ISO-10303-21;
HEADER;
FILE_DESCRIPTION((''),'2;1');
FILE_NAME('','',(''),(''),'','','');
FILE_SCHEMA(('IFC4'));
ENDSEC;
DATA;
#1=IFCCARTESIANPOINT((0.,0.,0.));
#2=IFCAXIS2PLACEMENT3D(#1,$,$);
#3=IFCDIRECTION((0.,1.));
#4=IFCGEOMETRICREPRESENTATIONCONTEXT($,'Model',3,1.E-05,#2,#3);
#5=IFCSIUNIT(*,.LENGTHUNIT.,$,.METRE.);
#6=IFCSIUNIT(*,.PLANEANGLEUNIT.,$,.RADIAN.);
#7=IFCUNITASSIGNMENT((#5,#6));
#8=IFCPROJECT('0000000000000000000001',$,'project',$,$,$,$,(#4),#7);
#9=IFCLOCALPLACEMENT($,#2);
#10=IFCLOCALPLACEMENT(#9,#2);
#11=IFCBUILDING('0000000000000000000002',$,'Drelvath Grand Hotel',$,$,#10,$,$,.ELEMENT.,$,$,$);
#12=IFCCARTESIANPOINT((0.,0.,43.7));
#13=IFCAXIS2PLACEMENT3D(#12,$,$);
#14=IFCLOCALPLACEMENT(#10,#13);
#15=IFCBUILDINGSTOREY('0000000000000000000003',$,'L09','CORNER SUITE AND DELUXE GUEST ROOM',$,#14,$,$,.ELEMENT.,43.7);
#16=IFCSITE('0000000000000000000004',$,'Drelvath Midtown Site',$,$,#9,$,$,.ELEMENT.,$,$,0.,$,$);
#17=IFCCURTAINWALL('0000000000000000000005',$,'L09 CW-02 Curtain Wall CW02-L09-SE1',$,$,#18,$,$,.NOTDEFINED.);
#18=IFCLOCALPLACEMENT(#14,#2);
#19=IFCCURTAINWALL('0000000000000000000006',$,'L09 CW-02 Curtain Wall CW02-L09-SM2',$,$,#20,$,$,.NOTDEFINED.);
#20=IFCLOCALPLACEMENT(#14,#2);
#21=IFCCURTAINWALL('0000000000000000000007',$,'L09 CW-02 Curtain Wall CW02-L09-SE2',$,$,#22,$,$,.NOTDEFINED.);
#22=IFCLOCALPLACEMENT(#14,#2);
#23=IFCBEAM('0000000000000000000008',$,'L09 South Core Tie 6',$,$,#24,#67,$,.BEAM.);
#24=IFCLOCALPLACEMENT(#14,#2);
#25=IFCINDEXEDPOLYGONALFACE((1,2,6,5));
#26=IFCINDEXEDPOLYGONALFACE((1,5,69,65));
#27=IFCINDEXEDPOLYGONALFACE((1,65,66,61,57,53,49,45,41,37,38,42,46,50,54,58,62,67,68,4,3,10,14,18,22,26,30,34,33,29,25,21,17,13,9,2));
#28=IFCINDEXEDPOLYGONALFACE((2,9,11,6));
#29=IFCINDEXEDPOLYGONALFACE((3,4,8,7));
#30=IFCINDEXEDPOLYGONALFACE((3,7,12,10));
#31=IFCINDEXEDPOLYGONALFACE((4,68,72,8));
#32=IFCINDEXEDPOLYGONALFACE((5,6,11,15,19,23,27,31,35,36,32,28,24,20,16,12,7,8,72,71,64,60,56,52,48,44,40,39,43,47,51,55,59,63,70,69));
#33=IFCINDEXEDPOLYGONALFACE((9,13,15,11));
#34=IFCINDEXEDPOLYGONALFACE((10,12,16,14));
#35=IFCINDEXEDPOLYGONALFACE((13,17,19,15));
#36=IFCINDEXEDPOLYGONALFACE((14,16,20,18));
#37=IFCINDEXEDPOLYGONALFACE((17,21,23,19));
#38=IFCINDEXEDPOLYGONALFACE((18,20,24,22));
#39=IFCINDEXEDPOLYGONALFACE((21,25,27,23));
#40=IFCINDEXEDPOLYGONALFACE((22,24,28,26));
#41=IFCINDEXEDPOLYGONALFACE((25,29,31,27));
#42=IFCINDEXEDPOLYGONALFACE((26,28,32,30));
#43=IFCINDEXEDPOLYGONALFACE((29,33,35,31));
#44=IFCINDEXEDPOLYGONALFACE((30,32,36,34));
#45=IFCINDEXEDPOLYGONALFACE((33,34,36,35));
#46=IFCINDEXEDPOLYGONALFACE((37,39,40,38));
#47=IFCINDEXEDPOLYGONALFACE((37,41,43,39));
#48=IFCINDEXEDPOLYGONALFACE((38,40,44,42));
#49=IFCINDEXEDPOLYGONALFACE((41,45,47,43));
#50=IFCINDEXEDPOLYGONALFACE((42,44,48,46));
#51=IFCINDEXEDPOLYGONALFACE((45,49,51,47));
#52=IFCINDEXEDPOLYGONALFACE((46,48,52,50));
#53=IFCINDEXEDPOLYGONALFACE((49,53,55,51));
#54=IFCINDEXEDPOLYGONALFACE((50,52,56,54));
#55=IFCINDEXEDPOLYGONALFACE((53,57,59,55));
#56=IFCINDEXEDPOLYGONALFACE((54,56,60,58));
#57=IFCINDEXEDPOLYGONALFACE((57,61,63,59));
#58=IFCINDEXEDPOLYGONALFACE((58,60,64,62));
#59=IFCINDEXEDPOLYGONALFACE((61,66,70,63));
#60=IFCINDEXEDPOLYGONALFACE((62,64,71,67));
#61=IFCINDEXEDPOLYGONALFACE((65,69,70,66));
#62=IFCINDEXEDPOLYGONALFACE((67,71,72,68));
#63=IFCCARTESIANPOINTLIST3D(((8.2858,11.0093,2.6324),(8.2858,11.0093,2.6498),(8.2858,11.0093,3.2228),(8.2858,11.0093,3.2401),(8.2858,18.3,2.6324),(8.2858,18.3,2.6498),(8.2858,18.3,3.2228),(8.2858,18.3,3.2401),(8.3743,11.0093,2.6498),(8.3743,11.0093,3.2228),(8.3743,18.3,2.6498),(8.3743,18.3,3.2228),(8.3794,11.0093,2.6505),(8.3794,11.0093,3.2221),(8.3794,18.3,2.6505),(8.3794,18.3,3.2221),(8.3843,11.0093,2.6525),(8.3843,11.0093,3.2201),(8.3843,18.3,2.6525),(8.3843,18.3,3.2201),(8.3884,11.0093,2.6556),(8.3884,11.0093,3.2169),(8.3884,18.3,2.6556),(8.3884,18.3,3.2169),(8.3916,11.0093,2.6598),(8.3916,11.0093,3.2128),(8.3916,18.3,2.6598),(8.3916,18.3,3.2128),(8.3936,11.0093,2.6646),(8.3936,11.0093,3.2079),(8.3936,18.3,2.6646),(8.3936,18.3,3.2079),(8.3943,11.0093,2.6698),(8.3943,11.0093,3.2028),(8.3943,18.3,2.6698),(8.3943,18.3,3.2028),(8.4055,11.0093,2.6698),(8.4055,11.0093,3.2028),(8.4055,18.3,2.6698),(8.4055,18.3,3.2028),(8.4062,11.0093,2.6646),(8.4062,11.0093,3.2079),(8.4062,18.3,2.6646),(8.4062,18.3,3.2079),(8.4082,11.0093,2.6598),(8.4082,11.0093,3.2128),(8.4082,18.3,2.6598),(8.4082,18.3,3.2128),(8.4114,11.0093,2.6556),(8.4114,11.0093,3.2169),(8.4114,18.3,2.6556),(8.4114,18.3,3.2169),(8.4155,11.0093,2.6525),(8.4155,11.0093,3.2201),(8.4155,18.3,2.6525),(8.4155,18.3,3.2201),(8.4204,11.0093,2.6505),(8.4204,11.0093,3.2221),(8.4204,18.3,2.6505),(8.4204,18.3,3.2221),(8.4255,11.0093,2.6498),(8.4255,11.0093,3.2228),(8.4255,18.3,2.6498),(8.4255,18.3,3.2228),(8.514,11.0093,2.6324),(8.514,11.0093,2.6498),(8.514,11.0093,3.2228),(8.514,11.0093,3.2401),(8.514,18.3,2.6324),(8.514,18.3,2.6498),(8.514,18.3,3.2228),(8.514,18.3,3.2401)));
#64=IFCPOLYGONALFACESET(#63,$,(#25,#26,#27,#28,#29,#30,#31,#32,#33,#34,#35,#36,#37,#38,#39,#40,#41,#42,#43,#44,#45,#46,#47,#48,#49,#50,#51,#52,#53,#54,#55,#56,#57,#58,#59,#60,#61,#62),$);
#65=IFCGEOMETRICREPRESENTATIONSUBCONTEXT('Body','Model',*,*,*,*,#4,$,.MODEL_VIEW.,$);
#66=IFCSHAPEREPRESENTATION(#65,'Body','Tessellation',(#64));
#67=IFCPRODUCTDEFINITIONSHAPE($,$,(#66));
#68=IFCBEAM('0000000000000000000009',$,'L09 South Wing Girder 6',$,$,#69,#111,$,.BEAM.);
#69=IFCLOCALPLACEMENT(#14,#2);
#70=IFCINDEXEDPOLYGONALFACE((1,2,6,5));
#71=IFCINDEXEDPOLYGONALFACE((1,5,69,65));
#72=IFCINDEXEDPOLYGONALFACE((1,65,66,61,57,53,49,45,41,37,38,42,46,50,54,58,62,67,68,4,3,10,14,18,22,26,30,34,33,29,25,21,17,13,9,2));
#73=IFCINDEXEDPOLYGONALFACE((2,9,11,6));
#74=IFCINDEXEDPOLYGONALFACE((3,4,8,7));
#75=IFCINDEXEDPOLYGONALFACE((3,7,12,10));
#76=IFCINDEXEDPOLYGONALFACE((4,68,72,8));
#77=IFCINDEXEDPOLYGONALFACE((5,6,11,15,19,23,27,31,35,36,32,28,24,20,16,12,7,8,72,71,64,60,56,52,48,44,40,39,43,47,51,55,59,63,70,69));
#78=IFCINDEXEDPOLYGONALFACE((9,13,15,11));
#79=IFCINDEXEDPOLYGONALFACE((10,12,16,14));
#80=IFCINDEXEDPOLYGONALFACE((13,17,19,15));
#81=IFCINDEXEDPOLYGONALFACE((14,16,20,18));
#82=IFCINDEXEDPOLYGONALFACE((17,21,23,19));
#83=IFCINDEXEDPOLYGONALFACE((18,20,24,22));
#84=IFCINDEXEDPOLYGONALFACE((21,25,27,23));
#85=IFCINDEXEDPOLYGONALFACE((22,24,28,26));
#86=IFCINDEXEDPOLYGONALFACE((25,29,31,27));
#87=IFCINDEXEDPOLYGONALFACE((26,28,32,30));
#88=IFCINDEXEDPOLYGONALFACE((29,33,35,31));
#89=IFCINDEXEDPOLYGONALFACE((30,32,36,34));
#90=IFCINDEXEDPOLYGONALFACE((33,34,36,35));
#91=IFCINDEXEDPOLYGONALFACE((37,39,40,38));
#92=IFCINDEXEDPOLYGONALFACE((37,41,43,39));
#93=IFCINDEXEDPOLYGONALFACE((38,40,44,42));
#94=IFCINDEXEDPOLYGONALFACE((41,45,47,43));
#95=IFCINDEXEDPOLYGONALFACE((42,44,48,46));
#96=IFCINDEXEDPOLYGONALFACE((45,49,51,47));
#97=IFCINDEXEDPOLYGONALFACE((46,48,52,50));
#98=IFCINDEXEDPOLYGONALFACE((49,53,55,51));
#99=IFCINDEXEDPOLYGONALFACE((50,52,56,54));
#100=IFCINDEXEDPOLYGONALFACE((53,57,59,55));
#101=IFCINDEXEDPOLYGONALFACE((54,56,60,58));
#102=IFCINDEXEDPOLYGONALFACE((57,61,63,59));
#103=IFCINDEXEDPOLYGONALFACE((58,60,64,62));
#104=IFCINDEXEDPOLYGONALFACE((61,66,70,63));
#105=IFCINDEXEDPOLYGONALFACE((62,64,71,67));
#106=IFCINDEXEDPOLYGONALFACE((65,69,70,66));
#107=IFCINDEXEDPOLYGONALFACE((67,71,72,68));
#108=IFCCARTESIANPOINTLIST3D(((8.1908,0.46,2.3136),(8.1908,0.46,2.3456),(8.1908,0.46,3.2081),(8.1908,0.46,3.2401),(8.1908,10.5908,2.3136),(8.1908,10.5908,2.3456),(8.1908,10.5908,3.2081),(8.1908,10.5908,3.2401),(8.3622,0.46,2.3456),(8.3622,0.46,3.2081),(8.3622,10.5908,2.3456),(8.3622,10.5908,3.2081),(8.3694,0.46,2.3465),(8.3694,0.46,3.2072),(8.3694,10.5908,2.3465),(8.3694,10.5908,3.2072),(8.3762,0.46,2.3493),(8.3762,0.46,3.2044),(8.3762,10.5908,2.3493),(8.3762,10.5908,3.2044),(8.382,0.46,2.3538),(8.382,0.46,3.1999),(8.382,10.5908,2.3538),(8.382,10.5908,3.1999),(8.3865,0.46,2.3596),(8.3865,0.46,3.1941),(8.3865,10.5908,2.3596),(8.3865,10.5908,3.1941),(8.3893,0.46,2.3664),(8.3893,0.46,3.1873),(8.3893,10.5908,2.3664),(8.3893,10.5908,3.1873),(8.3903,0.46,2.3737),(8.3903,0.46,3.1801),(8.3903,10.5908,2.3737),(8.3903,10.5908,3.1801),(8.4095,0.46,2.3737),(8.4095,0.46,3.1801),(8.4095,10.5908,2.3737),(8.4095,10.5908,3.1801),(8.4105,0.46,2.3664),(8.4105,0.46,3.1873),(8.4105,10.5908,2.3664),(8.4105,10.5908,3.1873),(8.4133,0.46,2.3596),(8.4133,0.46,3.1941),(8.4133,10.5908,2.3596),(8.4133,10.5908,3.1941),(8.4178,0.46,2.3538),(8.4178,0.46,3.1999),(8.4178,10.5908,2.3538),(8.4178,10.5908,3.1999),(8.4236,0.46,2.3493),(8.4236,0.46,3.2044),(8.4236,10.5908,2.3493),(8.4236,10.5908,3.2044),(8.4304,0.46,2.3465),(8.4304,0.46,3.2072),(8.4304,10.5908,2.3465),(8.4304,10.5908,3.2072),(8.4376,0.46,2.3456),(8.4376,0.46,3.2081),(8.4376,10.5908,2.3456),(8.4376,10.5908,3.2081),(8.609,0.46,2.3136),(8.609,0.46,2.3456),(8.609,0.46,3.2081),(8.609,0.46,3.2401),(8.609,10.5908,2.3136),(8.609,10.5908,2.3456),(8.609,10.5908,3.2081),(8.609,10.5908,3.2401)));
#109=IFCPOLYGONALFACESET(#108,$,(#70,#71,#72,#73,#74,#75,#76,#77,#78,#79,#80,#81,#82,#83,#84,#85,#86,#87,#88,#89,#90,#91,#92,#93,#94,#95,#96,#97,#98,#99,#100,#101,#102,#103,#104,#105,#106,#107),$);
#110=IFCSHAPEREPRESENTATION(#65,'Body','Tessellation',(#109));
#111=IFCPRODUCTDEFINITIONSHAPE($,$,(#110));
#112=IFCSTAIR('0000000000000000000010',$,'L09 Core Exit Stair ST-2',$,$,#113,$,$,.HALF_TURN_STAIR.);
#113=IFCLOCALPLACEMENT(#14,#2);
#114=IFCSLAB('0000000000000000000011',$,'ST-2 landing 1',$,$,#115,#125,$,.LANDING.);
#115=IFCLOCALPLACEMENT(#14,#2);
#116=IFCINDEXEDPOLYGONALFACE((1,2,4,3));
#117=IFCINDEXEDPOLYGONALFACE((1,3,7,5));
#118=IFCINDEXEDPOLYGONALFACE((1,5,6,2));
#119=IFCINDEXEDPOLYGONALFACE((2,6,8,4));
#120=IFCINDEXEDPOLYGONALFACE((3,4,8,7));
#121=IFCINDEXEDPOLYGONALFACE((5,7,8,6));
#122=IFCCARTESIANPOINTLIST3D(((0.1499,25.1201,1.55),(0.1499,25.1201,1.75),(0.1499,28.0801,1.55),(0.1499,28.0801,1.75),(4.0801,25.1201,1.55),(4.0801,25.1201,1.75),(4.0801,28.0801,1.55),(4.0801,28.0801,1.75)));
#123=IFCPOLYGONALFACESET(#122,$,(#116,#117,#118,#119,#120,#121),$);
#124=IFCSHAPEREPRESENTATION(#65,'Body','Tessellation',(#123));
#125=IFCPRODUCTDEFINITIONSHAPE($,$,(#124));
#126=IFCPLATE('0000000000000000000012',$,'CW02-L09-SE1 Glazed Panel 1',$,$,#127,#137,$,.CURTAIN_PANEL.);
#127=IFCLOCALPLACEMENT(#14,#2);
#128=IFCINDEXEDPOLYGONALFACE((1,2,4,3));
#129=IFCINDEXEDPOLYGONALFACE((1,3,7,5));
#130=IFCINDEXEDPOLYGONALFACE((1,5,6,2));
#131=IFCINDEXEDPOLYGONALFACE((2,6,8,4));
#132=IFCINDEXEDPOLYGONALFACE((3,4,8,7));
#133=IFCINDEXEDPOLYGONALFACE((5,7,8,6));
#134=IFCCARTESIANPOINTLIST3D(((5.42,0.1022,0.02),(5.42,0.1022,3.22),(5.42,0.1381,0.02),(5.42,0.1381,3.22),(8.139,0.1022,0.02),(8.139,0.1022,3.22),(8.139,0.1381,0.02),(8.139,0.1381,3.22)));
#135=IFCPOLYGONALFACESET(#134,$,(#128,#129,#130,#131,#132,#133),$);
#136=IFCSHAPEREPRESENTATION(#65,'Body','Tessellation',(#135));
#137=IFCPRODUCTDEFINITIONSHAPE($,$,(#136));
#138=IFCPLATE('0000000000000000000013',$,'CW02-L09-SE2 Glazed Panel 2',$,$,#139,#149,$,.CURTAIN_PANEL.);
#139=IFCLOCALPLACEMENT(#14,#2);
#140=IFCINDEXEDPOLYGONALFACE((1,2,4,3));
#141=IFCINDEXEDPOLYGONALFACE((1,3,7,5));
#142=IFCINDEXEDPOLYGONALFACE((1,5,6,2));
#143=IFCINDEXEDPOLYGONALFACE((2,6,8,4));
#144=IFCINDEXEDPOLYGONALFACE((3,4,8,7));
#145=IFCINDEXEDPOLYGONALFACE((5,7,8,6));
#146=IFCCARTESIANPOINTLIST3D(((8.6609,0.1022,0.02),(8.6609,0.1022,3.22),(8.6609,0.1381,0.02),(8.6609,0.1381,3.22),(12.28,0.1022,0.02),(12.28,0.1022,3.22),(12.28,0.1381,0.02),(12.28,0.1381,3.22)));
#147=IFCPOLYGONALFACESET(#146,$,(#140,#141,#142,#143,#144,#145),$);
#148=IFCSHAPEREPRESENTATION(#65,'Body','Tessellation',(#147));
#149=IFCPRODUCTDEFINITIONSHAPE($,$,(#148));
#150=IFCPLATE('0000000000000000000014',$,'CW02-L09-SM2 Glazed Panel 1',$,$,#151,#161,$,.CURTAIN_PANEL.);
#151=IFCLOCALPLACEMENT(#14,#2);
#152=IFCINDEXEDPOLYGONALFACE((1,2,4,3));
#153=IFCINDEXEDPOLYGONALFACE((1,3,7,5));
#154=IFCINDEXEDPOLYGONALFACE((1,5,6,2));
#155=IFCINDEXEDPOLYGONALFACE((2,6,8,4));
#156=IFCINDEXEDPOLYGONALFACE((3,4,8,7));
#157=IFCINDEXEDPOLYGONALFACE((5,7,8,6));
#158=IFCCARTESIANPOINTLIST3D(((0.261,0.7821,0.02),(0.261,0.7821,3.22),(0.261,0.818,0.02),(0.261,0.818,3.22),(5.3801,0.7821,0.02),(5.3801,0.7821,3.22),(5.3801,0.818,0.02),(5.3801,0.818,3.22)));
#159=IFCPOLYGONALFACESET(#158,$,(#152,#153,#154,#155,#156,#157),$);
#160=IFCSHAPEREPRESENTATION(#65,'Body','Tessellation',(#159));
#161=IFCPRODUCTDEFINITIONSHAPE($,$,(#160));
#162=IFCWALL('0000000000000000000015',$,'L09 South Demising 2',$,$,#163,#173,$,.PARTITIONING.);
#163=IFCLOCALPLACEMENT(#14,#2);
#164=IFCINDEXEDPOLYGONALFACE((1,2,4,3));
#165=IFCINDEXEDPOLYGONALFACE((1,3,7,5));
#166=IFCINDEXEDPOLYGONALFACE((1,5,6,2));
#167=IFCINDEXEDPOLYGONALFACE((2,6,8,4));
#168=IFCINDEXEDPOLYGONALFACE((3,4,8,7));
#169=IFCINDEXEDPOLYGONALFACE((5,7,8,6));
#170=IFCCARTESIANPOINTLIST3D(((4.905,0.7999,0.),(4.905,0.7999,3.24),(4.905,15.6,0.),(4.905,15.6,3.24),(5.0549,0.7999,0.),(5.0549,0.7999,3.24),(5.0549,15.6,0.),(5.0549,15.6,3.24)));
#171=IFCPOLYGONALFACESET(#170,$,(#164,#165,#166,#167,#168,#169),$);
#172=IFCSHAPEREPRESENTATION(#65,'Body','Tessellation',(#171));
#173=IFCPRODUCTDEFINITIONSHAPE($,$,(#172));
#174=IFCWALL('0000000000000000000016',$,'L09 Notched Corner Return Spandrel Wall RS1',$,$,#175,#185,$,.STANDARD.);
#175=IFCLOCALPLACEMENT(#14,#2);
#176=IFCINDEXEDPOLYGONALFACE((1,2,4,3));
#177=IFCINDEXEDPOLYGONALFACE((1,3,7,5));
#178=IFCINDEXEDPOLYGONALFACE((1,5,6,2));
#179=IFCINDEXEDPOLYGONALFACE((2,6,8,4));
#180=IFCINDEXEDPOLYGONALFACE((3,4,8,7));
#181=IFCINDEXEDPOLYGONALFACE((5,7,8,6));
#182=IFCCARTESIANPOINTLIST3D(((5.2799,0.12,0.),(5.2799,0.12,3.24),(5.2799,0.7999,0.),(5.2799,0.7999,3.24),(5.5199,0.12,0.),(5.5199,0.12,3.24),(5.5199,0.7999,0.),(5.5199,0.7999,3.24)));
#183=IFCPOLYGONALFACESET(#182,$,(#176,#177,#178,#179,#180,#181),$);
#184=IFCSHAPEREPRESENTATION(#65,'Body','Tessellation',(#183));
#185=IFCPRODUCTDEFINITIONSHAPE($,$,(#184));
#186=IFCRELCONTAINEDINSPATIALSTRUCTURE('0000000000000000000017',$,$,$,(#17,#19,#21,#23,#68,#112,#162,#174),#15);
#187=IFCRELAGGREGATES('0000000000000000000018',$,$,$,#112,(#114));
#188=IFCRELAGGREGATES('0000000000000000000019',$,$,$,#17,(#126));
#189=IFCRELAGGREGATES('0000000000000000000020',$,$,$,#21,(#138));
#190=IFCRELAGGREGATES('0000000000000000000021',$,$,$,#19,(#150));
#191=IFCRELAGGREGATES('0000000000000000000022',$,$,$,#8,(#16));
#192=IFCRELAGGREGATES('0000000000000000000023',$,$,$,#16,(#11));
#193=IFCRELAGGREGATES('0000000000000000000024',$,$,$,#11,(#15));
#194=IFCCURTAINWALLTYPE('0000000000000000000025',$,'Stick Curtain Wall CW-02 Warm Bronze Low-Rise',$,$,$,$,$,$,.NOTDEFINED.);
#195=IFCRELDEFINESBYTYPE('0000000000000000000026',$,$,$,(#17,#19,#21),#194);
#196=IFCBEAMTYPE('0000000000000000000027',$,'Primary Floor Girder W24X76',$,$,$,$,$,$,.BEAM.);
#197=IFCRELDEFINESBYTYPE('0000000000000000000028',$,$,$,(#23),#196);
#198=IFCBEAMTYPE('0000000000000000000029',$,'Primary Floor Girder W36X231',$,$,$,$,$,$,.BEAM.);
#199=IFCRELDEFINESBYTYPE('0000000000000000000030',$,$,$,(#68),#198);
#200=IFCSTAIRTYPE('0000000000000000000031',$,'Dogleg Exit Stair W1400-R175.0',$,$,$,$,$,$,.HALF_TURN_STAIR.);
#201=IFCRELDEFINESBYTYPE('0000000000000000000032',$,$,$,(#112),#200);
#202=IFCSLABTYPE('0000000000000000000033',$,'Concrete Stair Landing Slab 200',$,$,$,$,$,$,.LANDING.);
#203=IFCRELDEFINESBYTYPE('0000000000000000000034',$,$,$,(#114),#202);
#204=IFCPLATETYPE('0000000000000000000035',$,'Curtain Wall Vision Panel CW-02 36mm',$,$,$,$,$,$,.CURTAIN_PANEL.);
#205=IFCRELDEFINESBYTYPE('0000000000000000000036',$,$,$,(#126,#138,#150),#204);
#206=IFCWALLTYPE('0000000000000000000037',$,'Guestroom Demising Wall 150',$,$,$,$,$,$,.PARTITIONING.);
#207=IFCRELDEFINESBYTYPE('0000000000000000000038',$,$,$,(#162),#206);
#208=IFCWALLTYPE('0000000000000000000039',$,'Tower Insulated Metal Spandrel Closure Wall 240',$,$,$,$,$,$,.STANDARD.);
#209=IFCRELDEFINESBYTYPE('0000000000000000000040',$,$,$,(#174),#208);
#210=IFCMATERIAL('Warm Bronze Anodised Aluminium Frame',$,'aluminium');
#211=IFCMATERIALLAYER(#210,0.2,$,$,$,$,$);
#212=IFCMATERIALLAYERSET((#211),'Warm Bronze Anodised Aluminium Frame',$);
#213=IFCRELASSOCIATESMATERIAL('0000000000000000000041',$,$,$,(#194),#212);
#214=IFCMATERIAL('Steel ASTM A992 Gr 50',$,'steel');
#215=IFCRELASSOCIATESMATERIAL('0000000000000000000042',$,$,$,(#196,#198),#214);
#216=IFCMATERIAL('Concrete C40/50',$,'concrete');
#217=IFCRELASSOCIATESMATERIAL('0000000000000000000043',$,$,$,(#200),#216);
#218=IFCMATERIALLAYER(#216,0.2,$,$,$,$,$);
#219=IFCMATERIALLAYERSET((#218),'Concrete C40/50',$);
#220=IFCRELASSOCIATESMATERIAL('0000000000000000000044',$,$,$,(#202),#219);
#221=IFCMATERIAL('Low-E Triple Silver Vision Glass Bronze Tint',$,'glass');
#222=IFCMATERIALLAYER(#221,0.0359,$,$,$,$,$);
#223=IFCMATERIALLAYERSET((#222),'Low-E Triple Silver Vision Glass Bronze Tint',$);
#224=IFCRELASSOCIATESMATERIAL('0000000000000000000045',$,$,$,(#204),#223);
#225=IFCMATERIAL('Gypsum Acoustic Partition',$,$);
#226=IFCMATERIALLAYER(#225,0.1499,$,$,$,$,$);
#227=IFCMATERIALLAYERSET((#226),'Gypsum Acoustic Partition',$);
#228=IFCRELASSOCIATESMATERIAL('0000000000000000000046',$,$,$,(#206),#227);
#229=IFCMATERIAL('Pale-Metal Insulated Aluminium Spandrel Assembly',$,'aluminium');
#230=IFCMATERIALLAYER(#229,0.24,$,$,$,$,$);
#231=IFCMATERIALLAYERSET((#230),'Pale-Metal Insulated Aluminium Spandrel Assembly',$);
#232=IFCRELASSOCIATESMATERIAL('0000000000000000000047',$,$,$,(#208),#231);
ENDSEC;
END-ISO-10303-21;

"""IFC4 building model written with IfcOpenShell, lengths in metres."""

from ifc_helpers import new_model, si_unit, direction, frame, frame_2d, origin, origin_2d, place, context, subcontext, project, spatial, polyline, rectangle, i_section, outline, extrude, material, layer, layer_set, material_profile, profile_set, type_object, element, aggregate, save


model = new_model("IFC4")

# Units and contexts
model_context = context("Model", 3, precision=1e-05, world=origin(), true_north=direction((0.0, 1.0)))
body_context = subcontext(model_context, "Body", "Model", "MODEL_VIEW")
ifc_project = project(units=[si_unit("LENGTHUNIT", "METRE"), si_unit("PLANEANGLEUNIT", "RADIAN")], contexts=[model_context])

# Site, building, storey
site_placement = place(None, origin())
site = spatial("IfcSite", under=ifc_project, at=site_placement, Name="Drelvath Midtown Site", CompositionType="ELEMENT", RefElevation=0.0)
building_placement = place(site_placement, origin())
building = spatial("IfcBuilding", under=site, at=building_placement, Name="Drelvath Grand Hotel", CompositionType="ELEMENT")
storey_placement = place(building_placement, frame((0.0, 0.0, 43.7)))
storey = spatial("IfcBuildingStorey", under=building, at=storey_placement, Name="L09", Description="CORNER SUITE AND DELUXE GUEST ROOM", CompositionType="ELEMENT", Elevation=43.7)

# Shared definitions
ifc_material_1 = material(Name="Steel ASTM A992 Gr 50", Category="steel")

# Curtain walls
ifc_material_2 = material(Name="Warm Bronze Anodised Aluminium Frame", Category="aluminium")
ifc_layer_1 = layer(ifc_material_2, 0.2)
ifc_layer_set_1 = layer_set([ifc_layer_1], Name="Warm Bronze Anodised Aluminium Frame")
curtain_wall_type = type_object("IfcCurtainWallType", Name="Stick Curtain Wall CW-02 Warm Bronze Low-Rise", PredefinedType="NOTDEFINED", material=ifc_layer_set_1)
curtain_wall_1_placement = place(storey_placement, origin())
curtain_wall_1 = element("IfcCurtainWall", 1, at=curtain_wall_1_placement, inside=storey, type_object=curtain_wall_type, Name="L09 CW-02 Curtain Wall CW02-L09-SE1", PredefinedType="NOTDEFINED")
curtain_wall_2_placement = place(storey_placement, origin())
curtain_wall_2 = element("IfcCurtainWall", 2, at=curtain_wall_2_placement, inside=storey, type_object=curtain_wall_type, Name="L09 CW-02 Curtain Wall CW02-L09-SM2", PredefinedType="NOTDEFINED")

# Curtain wall
curtain_wall_3_placement = place(storey_placement, origin())
curtain_wall_3 = element("IfcCurtainWall", 3, at=curtain_wall_3_placement, inside=storey, type_object=curtain_wall_type, Name="L09 CW-02 Curtain Wall CW02-L09-SE2", PredefinedType="NOTDEFINED")

# Beams
ifc_material_profile_1 = material_profile(ifc_material_1, i_section(OverallWidth=0.2283, OverallDepth=0.6077, WebThickness=0.0112, FlangeThickness=0.0173, FilletRadius=0.02, at=origin_2d()), Name="W24X76")
ifc_profile_set_1 = profile_set([ifc_material_profile_1], Name="Steel ASTM A992 Gr 50")
beam_type_1 = type_object("IfcBeamType", Name="Primary Floor Girder W24X76", PredefinedType="BEAM", material=ifc_profile_set_1)
beam_1_placement = place(storey_placement, frame((8.3999, 11.0093, 2.9363), z_axis=(0.0, 1.0, 0.0), x_axis=(-1.0, 0.0, 0.0)))
element("IfcBeam", 4, at=beam_1_placement, inside=storey, type_object=beam_type_1, Name="L09 South Core Tie 6", PredefinedType="BEAM", context=body_context, shape_type="SweptSolid", body=[
    extrude(i_section(OverallWidth=0.2283, OverallDepth=0.6077, WebThickness=0.0112, FlangeThickness=0.0173, FilletRadius=0.02, at=origin_2d()), origin(), (0.0, 0.0, 1.0), 7.2908),
])
ifc_material_profile_2 = material_profile(ifc_material_1, i_section(OverallWidth=0.4182, OverallDepth=0.9265, WebThickness=0.0193, FlangeThickness=0.032, FilletRadius=0.0281, at=origin_2d()), Name="W36X231")
ifc_profile_set_2 = profile_set([ifc_material_profile_2], Name="Steel ASTM A992 Gr 50")
beam_type_2 = type_object("IfcBeamType", Name="Primary Floor Girder W36X231", PredefinedType="BEAM", material=ifc_profile_set_2)
beam_2_placement = place(storey_placement, frame((8.3999, 0.46, 2.7769), z_axis=(0.0, 1.0, 0.0), x_axis=(-1.0, 0.0, 0.0)))
element("IfcBeam", 5, at=beam_2_placement, inside=storey, type_object=beam_type_2, Name="L09 South Wing Girder 6", PredefinedType="BEAM", context=body_context, shape_type="SweptSolid", body=[
    extrude(i_section(OverallWidth=0.4182, OverallDepth=0.9265, WebThickness=0.0193, FlangeThickness=0.032, FilletRadius=0.0281, at=origin_2d()), origin(), (0.0, 0.0, 1.0), 10.1309),
])

# Stair, slab
ifc_material_3 = material(Name="Concrete C40/50", Category="concrete")
stair_type = type_object("IfcStairType", Name="Dogleg Exit Stair W1400-R175.0", PredefinedType="HALF_TURN_STAIR", material=ifc_material_3)
stair_placement = place(storey_placement, origin())
stair = element("IfcStair", 6, at=stair_placement, inside=storey, type_object=stair_type, Name="L09 Core Exit Stair ST-2", PredefinedType="HALF_TURN_STAIR")
ifc_layer_2 = layer(ifc_material_3, 0.2)
ifc_layer_set_2 = layer_set([ifc_layer_2], Name="Concrete C40/50")
slab_type = type_object("IfcSlabType", Name="Concrete Stair Landing Slab 200", PredefinedType="LANDING", material=ifc_layer_set_2)
slab_placement = place(storey_placement, frame((0.0, 0.0, 1.55)))
slab = element("IfcSlab", 7, at=slab_placement, type_object=slab_type, Name="ST-2 landing 1", PredefinedType="LANDING", context=body_context, shape_type="SweptSolid", body=[
    extrude(outline(polyline([(4.0801, 28.0801), (0.1499, 28.0801), (0.1499, 25.1201), (4.0801, 25.1201), (4.0801, 28.0801)])), origin(), (0.0, 0.0, 1.0), 0.2),
])
aggregate(stair, [slab])

# Plates
ifc_material_4 = material(Name="Low-E Triple Silver Vision Glass Bronze Tint", Category="glass")
ifc_layer_3 = layer(ifc_material_4, 0.0359)
ifc_layer_set_3 = layer_set([ifc_layer_3], Name="Low-E Triple Silver Vision Glass Bronze Tint")
plate_type = type_object("IfcPlateType", Name="Curtain Wall Vision Panel CW-02 36mm", PredefinedType="CURTAIN_PANEL", material=ifc_layer_set_3)
plate_1_placement = place(storey_placement, frame((6.7795, 0.1201, 0.02), z_axis=(0.0, 0.0, 1.0), x_axis=(-1.0, 0.0, 0.0)))
plate_1 = element("IfcPlate", 8, at=plate_1_placement, type_object=plate_type, Name="CW02-L09-SE1 Glazed Panel 1", PredefinedType="CURTAIN_PANEL", context=body_context, shape_type="SweptSolid", body=[
    extrude(rectangle(XDim=2.719, YDim=0.0359, at=origin_2d()), origin(), (0.0, 0.0, 1.0), 3.2),
])
aggregate(curtain_wall_1, [plate_1])
plate_2_placement = place(storey_placement, frame((10.4705, 0.1201, 0.02), z_axis=(0.0, 0.0, 1.0), x_axis=(-1.0, 0.0, 0.0)))
plate_2 = element("IfcPlate", 9, at=plate_2_placement, type_object=plate_type, Name="CW02-L09-SE2 Glazed Panel 2", PredefinedType="CURTAIN_PANEL", context=body_context, shape_type="SweptSolid", body=[
    extrude(rectangle(XDim=3.6191, YDim=0.0359, at=origin_2d()), origin(), (0.0, 0.0, 1.0), 3.2),
])
aggregate(curtain_wall_3, [plate_2])
plate_3_placement = place(storey_placement, frame((2.8206, 0.8, 0.02), z_axis=(0.0, 0.0, 1.0), x_axis=(-1.0, 0.0, 0.0)))
plate_3 = element("IfcPlate", 10, at=plate_3_placement, type_object=plate_type, Name="CW02-L09-SM2 Glazed Panel 1", PredefinedType="CURTAIN_PANEL", context=body_context, shape_type="SweptSolid", body=[
    extrude(rectangle(XDim=5.1191, YDim=0.0359, at=origin_2d()), origin(), (0.0, 0.0, 1.0), 3.2),
])
aggregate(curtain_wall_2, [plate_3])

# Walls
ifc_material_5 = material(Name="Gypsum Acoustic Partition")
ifc_layer_4 = layer(ifc_material_5, 0.1499)
ifc_layer_set_4 = layer_set([ifc_layer_4], Name="Gypsum Acoustic Partition")
wall_type_1 = type_object("IfcWallType", Name="Guestroom Demising Wall 150", PredefinedType="PARTITIONING", material=ifc_layer_set_4)
wall_1_placement = place(storey_placement, frame((4.98, 0.8, 0.0), z_axis=(0.0, 0.0, 1.0), x_axis=(0.0, 1.0, 0.0)))
element("IfcWall", 11, at=wall_1_placement, inside=storey, type_object=wall_type_1, Name="L09 South Demising 2", PredefinedType="PARTITIONING", context=body_context, shape_type="SweptSolid", body=[
    extrude(rectangle(XDim=14.8, YDim=0.1499, at=frame_2d((7.3999, 0.0))), origin(), (0.0, 0.0, 1.0), 3.24),
])
ifc_material_6 = material(Name="Pale-Metal Insulated Aluminium Spandrel Assembly", Category="aluminium")
ifc_layer_5 = layer(ifc_material_6, 0.24)
ifc_layer_set_5 = layer_set([ifc_layer_5], Name="Pale-Metal Insulated Aluminium Spandrel Assembly")
wall_type_2 = type_object("IfcWallType", Name="Tower Insulated Metal Spandrel Closure Wall 240", PredefinedType="STANDARD", material=ifc_layer_set_5)
wall_2_placement = place(storey_placement, frame((5.3999, 0.1201, 0.0), z_axis=(0.0, 0.0, 1.0), x_axis=(0.0, 1.0, 0.0)))
element("IfcWall", 12, at=wall_2_placement, inside=storey, type_object=wall_type_2, Name="L09 Notched Corner Return Spandrel Wall RS1", PredefinedType="STANDARD", context=body_context, shape_type="SweptSolid", body=[
    extrude(rectangle(XDim=0.6799, YDim=0.24, at=frame_2d((0.3398, 0.0))), origin(), (0.0, 0.0, 1.0), 3.24),
])

save(model, "model.ifc")
